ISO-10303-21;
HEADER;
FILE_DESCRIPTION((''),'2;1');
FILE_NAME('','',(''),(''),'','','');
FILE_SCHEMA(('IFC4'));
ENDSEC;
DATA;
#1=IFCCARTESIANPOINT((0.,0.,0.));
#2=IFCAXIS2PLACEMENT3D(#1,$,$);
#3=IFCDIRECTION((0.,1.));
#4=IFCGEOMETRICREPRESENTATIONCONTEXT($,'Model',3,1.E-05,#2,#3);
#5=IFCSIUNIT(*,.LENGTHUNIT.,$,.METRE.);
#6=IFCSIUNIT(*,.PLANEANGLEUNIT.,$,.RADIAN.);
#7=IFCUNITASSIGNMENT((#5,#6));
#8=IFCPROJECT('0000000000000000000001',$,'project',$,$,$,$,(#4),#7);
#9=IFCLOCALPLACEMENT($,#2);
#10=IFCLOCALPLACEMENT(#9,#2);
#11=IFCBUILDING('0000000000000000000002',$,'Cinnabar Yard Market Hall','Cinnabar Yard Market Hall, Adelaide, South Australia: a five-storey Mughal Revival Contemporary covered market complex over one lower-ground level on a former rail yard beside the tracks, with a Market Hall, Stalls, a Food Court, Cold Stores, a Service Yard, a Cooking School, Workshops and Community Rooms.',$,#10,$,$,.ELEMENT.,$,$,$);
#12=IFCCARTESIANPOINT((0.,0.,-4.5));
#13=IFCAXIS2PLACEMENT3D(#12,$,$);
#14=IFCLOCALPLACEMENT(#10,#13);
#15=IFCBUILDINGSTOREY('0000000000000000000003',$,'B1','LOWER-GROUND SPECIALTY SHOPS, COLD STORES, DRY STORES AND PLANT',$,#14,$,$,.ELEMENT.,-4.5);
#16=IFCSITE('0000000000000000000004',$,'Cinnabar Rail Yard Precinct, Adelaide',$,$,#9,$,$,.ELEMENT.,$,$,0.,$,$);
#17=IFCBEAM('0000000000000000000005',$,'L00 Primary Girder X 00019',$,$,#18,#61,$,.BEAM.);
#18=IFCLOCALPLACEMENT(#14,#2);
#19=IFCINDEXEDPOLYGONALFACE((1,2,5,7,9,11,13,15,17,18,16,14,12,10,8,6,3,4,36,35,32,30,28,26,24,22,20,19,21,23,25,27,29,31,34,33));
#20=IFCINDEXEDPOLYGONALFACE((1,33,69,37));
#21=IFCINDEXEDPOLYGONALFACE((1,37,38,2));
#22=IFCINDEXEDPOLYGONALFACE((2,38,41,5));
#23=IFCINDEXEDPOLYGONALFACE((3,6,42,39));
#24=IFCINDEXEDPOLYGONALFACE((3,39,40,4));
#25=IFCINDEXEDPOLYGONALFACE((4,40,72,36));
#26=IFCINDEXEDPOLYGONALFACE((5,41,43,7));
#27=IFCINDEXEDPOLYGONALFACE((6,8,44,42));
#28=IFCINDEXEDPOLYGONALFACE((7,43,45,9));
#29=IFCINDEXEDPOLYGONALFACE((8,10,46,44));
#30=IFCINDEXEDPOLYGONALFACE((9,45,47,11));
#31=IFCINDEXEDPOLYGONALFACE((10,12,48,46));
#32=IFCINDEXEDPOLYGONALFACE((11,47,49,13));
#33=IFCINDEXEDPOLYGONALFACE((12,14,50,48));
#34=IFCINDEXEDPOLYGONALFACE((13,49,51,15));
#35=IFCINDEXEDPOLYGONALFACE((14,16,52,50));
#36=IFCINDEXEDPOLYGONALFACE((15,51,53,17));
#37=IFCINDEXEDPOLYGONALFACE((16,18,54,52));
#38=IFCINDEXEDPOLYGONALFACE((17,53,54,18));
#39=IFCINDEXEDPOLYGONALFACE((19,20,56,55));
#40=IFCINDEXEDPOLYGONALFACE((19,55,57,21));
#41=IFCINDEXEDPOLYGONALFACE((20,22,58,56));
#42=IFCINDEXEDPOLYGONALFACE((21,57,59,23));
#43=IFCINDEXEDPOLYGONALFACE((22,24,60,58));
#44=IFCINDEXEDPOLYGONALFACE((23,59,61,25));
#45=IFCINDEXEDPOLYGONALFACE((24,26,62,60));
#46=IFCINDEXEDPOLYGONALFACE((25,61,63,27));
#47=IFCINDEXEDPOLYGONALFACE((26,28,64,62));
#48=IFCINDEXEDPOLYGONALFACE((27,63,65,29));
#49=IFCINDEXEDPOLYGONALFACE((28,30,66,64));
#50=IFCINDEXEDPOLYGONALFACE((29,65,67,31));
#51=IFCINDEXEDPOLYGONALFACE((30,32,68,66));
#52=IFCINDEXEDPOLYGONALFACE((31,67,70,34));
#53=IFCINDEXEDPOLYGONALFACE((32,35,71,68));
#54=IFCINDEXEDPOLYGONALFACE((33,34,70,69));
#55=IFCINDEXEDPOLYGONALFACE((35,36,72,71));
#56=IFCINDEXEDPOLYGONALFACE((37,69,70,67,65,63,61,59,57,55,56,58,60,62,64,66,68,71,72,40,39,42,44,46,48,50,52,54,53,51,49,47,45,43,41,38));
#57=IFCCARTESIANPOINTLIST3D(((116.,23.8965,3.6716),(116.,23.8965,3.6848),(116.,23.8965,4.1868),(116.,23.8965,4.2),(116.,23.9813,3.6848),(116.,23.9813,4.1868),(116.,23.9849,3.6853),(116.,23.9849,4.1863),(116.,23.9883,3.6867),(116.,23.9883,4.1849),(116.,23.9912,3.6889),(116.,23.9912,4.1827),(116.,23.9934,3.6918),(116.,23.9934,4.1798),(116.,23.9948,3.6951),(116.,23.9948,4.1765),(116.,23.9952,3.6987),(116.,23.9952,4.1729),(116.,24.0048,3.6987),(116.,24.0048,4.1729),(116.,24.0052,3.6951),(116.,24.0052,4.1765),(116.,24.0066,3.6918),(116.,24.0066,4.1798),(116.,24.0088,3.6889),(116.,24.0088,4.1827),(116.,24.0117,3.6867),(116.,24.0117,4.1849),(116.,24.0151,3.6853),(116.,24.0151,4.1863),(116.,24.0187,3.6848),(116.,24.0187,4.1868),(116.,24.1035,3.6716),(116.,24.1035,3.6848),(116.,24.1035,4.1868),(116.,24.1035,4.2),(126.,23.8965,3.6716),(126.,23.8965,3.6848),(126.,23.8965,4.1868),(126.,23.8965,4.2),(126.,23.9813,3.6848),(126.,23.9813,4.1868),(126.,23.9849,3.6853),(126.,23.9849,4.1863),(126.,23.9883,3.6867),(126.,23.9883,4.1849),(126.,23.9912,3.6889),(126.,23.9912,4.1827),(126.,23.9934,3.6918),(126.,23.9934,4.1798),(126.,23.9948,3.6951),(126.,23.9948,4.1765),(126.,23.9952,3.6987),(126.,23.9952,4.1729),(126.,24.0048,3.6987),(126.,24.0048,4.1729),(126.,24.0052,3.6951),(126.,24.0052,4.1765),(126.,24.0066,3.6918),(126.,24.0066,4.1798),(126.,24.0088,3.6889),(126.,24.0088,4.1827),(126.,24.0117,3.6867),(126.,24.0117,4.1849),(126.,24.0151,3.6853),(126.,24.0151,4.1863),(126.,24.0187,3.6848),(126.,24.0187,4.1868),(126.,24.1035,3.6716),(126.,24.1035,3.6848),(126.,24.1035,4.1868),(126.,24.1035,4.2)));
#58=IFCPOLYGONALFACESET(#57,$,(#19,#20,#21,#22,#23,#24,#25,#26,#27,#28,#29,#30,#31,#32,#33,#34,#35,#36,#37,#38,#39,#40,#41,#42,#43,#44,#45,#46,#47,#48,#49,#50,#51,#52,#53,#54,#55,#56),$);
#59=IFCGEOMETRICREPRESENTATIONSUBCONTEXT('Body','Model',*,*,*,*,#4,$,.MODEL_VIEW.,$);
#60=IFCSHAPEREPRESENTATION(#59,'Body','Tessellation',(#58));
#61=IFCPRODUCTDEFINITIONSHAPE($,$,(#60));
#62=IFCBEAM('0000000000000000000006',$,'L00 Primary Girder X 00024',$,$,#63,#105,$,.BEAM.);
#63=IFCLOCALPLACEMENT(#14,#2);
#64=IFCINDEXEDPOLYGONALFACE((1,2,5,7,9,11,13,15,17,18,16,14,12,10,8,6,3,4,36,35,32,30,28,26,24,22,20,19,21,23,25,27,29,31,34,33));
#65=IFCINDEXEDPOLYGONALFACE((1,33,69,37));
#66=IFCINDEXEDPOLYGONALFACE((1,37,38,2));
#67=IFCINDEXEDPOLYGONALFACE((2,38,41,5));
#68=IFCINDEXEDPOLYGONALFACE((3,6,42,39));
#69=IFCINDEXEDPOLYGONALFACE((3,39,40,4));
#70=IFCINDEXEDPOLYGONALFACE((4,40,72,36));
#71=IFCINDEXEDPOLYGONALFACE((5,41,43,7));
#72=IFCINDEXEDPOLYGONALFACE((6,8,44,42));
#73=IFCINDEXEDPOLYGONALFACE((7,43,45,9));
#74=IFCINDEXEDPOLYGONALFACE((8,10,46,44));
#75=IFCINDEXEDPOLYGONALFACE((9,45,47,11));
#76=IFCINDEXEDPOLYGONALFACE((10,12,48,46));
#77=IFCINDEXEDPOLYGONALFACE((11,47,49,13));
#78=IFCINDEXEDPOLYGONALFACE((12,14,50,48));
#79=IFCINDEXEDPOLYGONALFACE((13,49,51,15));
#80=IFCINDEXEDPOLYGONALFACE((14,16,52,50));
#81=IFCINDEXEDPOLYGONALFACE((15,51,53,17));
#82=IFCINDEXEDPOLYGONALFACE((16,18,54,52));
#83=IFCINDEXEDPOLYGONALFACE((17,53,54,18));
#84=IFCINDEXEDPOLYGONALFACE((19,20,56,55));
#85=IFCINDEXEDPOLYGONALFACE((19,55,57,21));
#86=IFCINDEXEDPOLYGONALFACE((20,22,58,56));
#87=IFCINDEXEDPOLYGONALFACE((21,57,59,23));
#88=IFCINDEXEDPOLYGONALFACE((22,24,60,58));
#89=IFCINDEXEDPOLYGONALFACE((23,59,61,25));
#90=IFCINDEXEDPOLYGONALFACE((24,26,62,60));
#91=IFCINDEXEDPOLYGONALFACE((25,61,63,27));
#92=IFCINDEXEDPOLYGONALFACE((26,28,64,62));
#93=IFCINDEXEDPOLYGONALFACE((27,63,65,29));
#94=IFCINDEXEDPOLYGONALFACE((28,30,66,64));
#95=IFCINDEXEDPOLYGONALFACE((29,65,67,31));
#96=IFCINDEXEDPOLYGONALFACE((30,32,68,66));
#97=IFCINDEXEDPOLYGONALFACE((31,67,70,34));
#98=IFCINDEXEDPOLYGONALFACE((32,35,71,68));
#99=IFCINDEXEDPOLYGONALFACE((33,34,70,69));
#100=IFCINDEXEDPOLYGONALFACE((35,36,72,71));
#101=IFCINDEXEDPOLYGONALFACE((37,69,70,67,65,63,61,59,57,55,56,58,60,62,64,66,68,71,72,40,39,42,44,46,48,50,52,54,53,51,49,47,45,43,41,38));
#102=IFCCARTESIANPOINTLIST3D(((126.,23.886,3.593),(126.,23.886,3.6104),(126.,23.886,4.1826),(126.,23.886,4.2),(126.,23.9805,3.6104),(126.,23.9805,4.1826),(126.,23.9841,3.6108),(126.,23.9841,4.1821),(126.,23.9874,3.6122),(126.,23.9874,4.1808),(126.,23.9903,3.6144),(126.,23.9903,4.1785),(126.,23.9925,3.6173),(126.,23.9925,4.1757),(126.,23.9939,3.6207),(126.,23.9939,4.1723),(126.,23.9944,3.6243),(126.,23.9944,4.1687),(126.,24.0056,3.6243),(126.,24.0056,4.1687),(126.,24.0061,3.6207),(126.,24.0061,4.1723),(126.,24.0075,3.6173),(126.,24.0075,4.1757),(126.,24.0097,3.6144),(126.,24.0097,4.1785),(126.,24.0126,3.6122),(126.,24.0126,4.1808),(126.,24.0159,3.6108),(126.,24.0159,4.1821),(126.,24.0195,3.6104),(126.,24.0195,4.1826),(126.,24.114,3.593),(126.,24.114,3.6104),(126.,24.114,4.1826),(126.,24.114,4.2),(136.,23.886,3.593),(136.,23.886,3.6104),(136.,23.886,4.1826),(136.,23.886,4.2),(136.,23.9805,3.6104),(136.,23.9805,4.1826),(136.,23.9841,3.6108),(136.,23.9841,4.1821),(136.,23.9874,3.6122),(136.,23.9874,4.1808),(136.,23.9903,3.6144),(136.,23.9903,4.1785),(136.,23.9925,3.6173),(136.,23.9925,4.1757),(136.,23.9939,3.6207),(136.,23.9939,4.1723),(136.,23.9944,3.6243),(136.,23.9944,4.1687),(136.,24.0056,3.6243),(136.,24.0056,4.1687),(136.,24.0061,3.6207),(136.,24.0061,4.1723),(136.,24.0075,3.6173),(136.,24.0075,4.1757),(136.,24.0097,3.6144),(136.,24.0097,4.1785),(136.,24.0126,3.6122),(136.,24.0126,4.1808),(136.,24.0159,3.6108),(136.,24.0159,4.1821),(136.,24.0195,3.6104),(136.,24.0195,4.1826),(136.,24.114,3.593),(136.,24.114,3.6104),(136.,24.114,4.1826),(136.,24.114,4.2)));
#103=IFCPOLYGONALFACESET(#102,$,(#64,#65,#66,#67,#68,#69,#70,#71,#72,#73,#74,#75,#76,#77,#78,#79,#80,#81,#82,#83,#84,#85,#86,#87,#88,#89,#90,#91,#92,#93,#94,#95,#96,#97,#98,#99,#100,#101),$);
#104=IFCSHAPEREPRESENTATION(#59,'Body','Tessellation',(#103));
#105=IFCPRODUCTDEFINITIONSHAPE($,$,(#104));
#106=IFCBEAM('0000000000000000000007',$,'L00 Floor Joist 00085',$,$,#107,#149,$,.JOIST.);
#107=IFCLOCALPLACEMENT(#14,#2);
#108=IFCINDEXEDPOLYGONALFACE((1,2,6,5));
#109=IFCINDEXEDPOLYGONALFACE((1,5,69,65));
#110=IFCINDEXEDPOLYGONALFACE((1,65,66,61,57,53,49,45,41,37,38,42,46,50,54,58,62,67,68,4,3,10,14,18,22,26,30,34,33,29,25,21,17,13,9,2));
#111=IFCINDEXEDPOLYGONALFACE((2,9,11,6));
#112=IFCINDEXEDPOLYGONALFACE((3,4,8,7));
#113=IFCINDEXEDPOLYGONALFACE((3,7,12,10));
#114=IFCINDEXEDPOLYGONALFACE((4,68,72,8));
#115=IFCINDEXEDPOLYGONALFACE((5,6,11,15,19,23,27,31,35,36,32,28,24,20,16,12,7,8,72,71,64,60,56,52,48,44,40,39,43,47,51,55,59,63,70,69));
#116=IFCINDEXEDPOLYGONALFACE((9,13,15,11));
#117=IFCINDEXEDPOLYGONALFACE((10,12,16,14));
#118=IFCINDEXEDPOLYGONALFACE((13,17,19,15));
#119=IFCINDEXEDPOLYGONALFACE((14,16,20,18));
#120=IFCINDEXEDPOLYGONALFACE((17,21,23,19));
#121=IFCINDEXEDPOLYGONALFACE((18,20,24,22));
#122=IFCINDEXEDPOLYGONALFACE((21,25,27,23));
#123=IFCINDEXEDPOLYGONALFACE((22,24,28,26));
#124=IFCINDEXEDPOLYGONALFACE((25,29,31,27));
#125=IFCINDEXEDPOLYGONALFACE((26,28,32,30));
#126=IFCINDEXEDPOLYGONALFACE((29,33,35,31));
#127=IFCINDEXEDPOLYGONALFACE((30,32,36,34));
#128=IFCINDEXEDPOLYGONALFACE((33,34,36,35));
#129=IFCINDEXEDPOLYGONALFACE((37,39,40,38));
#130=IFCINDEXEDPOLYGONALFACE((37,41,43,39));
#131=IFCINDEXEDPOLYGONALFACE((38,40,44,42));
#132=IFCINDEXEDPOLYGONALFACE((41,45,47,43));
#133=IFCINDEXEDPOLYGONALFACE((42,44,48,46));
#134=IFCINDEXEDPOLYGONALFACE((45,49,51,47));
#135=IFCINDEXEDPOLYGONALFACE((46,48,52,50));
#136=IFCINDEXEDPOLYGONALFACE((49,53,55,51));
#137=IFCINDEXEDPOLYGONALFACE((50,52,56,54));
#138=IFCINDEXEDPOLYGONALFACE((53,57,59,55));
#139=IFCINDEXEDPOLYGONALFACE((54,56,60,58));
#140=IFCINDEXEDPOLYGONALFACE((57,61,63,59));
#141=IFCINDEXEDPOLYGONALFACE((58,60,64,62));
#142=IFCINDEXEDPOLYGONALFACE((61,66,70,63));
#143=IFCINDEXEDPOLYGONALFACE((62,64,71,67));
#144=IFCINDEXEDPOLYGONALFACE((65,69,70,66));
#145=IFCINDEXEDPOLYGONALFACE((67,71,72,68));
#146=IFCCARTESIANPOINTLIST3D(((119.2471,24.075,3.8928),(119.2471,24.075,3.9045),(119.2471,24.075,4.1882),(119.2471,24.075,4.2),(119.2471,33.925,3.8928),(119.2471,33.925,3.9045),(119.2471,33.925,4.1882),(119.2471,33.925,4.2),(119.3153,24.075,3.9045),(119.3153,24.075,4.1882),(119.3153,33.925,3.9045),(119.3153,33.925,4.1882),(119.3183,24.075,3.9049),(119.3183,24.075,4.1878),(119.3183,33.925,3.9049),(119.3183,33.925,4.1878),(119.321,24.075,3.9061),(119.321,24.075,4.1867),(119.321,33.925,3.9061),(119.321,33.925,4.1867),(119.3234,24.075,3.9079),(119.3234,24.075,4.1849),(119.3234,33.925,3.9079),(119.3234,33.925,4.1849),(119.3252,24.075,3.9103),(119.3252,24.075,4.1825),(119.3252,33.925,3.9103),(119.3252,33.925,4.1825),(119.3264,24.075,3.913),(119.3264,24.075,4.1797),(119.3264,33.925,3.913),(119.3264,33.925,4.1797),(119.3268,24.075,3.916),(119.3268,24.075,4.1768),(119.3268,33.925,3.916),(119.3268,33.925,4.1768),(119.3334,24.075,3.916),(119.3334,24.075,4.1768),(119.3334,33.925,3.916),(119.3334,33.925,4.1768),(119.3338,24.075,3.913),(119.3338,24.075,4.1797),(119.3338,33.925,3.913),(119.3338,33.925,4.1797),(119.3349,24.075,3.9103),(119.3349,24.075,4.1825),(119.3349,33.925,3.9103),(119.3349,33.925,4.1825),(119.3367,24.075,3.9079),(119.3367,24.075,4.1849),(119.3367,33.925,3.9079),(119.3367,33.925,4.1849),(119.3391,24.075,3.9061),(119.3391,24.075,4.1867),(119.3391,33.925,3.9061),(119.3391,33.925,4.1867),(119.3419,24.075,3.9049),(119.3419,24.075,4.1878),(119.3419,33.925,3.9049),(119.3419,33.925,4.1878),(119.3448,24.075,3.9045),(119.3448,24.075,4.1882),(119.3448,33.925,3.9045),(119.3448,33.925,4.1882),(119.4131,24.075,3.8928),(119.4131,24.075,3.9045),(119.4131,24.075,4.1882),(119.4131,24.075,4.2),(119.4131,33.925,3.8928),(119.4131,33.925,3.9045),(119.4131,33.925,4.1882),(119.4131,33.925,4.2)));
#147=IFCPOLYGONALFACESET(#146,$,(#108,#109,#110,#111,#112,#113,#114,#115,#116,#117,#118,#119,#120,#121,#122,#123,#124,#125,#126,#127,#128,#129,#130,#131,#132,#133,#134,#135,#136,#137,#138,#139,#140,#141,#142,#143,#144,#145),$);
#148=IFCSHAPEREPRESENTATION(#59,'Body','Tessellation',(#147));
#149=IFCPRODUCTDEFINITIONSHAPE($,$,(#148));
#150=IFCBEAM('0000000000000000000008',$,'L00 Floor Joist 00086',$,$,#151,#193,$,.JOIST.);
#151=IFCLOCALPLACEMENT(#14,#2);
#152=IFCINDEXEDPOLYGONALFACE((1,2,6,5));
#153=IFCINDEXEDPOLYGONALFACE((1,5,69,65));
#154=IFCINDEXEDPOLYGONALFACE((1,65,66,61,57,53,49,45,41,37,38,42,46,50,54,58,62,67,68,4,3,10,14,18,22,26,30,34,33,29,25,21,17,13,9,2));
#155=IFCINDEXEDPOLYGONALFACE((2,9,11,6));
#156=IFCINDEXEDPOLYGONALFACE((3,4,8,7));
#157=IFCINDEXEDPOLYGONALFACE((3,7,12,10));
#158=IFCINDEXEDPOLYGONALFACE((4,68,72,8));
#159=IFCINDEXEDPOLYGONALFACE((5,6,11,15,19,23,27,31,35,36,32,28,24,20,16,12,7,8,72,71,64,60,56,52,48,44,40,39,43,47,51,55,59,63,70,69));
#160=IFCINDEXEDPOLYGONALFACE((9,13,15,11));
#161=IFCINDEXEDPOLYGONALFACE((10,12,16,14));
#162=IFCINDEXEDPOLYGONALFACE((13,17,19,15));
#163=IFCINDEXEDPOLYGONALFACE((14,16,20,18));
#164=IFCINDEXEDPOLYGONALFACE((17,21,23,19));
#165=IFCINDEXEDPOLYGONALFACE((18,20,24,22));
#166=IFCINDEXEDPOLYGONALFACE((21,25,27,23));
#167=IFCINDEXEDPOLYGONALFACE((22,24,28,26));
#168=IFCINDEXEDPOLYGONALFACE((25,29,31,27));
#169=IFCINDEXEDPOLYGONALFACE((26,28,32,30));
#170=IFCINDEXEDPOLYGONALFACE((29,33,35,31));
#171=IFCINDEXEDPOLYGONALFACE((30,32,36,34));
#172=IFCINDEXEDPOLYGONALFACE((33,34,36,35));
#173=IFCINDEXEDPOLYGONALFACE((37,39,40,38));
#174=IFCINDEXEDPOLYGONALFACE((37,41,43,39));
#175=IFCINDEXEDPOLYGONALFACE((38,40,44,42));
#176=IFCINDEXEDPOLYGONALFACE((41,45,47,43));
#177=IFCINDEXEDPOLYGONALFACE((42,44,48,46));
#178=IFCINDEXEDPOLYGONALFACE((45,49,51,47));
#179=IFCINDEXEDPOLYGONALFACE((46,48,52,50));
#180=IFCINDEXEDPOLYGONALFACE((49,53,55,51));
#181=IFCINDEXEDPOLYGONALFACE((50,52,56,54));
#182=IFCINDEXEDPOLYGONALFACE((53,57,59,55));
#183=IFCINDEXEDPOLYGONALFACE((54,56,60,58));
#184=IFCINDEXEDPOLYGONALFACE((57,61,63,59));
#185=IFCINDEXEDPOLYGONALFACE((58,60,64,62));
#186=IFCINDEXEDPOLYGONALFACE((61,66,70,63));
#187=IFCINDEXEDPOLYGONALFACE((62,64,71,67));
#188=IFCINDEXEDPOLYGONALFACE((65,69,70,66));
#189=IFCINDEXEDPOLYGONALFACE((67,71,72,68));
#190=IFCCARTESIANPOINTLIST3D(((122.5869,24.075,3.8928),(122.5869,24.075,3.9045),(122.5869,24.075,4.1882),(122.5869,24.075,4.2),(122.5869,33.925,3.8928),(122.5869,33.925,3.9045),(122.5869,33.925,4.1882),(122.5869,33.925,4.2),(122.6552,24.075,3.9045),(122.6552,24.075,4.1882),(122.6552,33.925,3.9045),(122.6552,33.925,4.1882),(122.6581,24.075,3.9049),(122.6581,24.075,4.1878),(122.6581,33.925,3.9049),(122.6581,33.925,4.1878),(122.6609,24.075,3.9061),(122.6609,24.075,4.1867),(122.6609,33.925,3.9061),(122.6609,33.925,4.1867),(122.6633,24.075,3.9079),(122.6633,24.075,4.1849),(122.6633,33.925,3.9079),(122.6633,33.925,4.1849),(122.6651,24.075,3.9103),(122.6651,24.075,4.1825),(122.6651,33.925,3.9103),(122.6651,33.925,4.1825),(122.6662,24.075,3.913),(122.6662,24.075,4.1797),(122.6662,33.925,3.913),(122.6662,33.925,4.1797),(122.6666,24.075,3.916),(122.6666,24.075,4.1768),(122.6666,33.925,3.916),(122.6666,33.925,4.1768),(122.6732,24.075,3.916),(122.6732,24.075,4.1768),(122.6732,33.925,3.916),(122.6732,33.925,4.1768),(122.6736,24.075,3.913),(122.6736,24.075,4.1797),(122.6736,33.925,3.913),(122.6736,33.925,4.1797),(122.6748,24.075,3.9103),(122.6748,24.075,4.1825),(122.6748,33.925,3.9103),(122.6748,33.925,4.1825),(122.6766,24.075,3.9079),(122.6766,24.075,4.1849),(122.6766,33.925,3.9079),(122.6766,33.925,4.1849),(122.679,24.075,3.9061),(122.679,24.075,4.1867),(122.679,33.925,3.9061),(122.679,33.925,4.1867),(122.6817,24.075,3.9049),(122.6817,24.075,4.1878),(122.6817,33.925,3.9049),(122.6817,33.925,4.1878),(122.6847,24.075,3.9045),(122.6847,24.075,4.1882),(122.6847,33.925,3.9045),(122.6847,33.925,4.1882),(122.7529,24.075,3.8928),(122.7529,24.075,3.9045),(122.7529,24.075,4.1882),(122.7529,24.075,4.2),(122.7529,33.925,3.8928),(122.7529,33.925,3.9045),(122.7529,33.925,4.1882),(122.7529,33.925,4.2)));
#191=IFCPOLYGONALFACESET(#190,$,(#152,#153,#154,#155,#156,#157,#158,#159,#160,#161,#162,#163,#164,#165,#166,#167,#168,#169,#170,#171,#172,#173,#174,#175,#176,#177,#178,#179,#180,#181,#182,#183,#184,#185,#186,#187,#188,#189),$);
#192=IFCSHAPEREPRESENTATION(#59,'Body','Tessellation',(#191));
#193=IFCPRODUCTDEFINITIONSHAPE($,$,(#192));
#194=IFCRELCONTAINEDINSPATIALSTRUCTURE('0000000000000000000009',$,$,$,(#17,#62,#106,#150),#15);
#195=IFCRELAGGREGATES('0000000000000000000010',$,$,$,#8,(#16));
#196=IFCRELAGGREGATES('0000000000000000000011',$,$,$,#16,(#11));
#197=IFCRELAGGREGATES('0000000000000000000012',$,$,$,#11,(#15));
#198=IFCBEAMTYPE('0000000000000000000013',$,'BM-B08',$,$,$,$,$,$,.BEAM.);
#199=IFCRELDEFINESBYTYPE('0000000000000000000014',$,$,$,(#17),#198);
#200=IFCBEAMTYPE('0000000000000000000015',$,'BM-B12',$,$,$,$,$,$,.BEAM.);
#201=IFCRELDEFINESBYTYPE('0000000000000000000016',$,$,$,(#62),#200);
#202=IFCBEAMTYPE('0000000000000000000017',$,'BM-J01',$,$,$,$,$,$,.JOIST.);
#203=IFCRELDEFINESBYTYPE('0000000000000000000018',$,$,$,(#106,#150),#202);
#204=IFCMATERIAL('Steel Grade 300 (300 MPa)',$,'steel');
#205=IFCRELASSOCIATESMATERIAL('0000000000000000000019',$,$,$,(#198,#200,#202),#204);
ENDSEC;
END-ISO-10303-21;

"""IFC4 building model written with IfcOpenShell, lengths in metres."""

from ifc_helpers import new_model, si_unit, direction, frame, origin, origin_2d_with_axis, place, context, subcontext, project, spatial, i_section, extrude, material, material_profile, profile_set, type_object, element, save


model = new_model("IFC4")

# Units and contexts
model_context = context("Model", 3, precision=1e-05, world=origin(), true_north=direction((0.0, 1.0)))
body_context = subcontext(model_context, "Body", "Model", "MODEL_VIEW")
ifc_project = project(units=[si_unit("LENGTHUNIT", "METRE"), si_unit("PLANEANGLEUNIT", "RADIAN")], contexts=[model_context])

# Site, building, storey
site_placement = place(None, origin())
site = spatial("IfcSite", under=ifc_project, at=site_placement, Name="Cinnabar Rail Yard Precinct, Adelaide", CompositionType="ELEMENT", RefElevation=0.0)
building_placement = place(site_placement, origin())
building = spatial("IfcBuilding", under=site, at=building_placement, Name="Cinnabar Yard Market Hall", Description="Cinnabar Yard Market Hall, Adelaide, South Australia: a five-storey Mughal Revival Contemporary covered market complex over one lower-ground level on a former rail yard beside the tracks, with a Market Hall, Stalls, a Food Court, Cold Stores, a Service Yard, a Cooking School, Workshops and Community Rooms.", CompositionType="ELEMENT")
storey_placement = place(building_placement, frame((0.0, 0.0, -4.5)))
storey = spatial("IfcBuildingStorey", under=building, at=storey_placement, Name="B1", Description="LOWER-GROUND SPECIALTY SHOPS, COLD STORES, DRY STORES AND PLANT", CompositionType="ELEMENT", Elevation=-4.5)

# Beams
ifc_material_1 = material(Name="Steel Grade 300 (300 MPa)", Category="steel")
ifc_material_profile_1 = material_profile(ifc_material_1, i_section(OverallWidth=0.207, OverallDepth=0.5283, WebThickness=0.0095, FlangeThickness=0.0132, FilletRadius=0.0139, at=origin_2d_with_axis()), Name="530UB82.0")
ifc_profile_set_1 = profile_set([ifc_material_profile_1], Name="Steel Grade 300 (300 MPa)")
beam_type_1 = type_object("IfcBeamType", Name="BM-B08", PredefinedType="BEAM", material=ifc_profile_set_1)
beam_1_placement = place(storey_placement, frame((116.0, 24.0, 3.9358), z_axis=(1.0, 0.0, 0.0), x_axis=(0.0, 1.0, 0.0)))
element("IfcBeam", 1, at=beam_1_placement, inside=storey, type_object=beam_type_1, Name="L00 Primary Girder X 00019", PredefinedType="BEAM", context=body_context, shape_type="SweptSolid", body=[
    extrude(i_section(OverallWidth=0.207, OverallDepth=0.5283, WebThickness=0.0095, FlangeThickness=0.0132, FilletRadius=0.0139, at=origin_2d_with_axis()), origin(), (0.0, 0.0, 1.0), 10.0),
])
ifc_material_profile_2 = material_profile(ifc_material_1, i_section(OverallWidth=0.228, OverallDepth=0.6069, WebThickness=0.0112, FlangeThickness=0.0173, FilletRadius=0.0139, at=origin_2d_with_axis()), Name="610UB113")
ifc_profile_set_2 = profile_set([ifc_material_profile_2], Name="Steel Grade 300 (300 MPa)")
beam_type_2 = type_object("IfcBeamType", Name="BM-B12", PredefinedType="BEAM", material=ifc_profile_set_2)
beam_2_placement = place(storey_placement, frame((126.0, 24.0, 3.8965), z_axis=(1.0, 0.0, 0.0), x_axis=(0.0, 1.0, 0.0)))
element("IfcBeam", 2, at=beam_2_placement, inside=storey, type_object=beam_type_2, Name="L00 Primary Girder X 00024", PredefinedType="BEAM", context=body_context, shape_type="SweptSolid", body=[
    extrude(i_section(OverallWidth=0.228, OverallDepth=0.6069, WebThickness=0.0112, FlangeThickness=0.0173, FilletRadius=0.0139, at=origin_2d_with_axis()), origin(), (0.0, 0.0, 1.0), 10.0),
])
ifc_material_profile_3 = material_profile(ifc_material_1, i_section(OverallWidth=0.166, OverallDepth=0.3071, WebThickness=0.0066, FlangeThickness=0.0117, FilletRadius=0.0115, at=origin_2d_with_axis()), Name="310UB46.2")
ifc_profile_set_3 = profile_set([ifc_material_profile_3], Name="Steel Grade 300 (300 MPa)")
beam_type_3 = type_object("IfcBeamType", Name="BM-J01", PredefinedType="JOIST", material=ifc_profile_set_3)
for number, where, z_axis, x_axis, name in (
    (3, (119.3301, 24.075, 4.0464), (0.0, 1.0, 0.0), (-1.0, 0.0, 0.0), "L00 Floor Joist 00085"),
    (4, (122.6699, 24.075, 4.0464), (0.0, 1.0, 0.0), (-1.0, 0.0, 0.0), "L00 Floor Joist 00086"),
):
    element("IfcBeam", number, at=place(storey_placement, frame(where, z_axis=z_axis, x_axis=x_axis)), inside=storey, type_object=beam_type_3, Name=name, PredefinedType="JOIST", context=body_context, shape_type="SweptSolid", body=[
        extrude(i_section(OverallWidth=0.166, OverallDepth=0.3071, WebThickness=0.0066, FlangeThickness=0.0117, FilletRadius=0.0115, at=origin_2d_with_axis()), origin(), (0.0, 0.0, 1.0), 9.8501),
    ])

save(model, "model.ifc")
